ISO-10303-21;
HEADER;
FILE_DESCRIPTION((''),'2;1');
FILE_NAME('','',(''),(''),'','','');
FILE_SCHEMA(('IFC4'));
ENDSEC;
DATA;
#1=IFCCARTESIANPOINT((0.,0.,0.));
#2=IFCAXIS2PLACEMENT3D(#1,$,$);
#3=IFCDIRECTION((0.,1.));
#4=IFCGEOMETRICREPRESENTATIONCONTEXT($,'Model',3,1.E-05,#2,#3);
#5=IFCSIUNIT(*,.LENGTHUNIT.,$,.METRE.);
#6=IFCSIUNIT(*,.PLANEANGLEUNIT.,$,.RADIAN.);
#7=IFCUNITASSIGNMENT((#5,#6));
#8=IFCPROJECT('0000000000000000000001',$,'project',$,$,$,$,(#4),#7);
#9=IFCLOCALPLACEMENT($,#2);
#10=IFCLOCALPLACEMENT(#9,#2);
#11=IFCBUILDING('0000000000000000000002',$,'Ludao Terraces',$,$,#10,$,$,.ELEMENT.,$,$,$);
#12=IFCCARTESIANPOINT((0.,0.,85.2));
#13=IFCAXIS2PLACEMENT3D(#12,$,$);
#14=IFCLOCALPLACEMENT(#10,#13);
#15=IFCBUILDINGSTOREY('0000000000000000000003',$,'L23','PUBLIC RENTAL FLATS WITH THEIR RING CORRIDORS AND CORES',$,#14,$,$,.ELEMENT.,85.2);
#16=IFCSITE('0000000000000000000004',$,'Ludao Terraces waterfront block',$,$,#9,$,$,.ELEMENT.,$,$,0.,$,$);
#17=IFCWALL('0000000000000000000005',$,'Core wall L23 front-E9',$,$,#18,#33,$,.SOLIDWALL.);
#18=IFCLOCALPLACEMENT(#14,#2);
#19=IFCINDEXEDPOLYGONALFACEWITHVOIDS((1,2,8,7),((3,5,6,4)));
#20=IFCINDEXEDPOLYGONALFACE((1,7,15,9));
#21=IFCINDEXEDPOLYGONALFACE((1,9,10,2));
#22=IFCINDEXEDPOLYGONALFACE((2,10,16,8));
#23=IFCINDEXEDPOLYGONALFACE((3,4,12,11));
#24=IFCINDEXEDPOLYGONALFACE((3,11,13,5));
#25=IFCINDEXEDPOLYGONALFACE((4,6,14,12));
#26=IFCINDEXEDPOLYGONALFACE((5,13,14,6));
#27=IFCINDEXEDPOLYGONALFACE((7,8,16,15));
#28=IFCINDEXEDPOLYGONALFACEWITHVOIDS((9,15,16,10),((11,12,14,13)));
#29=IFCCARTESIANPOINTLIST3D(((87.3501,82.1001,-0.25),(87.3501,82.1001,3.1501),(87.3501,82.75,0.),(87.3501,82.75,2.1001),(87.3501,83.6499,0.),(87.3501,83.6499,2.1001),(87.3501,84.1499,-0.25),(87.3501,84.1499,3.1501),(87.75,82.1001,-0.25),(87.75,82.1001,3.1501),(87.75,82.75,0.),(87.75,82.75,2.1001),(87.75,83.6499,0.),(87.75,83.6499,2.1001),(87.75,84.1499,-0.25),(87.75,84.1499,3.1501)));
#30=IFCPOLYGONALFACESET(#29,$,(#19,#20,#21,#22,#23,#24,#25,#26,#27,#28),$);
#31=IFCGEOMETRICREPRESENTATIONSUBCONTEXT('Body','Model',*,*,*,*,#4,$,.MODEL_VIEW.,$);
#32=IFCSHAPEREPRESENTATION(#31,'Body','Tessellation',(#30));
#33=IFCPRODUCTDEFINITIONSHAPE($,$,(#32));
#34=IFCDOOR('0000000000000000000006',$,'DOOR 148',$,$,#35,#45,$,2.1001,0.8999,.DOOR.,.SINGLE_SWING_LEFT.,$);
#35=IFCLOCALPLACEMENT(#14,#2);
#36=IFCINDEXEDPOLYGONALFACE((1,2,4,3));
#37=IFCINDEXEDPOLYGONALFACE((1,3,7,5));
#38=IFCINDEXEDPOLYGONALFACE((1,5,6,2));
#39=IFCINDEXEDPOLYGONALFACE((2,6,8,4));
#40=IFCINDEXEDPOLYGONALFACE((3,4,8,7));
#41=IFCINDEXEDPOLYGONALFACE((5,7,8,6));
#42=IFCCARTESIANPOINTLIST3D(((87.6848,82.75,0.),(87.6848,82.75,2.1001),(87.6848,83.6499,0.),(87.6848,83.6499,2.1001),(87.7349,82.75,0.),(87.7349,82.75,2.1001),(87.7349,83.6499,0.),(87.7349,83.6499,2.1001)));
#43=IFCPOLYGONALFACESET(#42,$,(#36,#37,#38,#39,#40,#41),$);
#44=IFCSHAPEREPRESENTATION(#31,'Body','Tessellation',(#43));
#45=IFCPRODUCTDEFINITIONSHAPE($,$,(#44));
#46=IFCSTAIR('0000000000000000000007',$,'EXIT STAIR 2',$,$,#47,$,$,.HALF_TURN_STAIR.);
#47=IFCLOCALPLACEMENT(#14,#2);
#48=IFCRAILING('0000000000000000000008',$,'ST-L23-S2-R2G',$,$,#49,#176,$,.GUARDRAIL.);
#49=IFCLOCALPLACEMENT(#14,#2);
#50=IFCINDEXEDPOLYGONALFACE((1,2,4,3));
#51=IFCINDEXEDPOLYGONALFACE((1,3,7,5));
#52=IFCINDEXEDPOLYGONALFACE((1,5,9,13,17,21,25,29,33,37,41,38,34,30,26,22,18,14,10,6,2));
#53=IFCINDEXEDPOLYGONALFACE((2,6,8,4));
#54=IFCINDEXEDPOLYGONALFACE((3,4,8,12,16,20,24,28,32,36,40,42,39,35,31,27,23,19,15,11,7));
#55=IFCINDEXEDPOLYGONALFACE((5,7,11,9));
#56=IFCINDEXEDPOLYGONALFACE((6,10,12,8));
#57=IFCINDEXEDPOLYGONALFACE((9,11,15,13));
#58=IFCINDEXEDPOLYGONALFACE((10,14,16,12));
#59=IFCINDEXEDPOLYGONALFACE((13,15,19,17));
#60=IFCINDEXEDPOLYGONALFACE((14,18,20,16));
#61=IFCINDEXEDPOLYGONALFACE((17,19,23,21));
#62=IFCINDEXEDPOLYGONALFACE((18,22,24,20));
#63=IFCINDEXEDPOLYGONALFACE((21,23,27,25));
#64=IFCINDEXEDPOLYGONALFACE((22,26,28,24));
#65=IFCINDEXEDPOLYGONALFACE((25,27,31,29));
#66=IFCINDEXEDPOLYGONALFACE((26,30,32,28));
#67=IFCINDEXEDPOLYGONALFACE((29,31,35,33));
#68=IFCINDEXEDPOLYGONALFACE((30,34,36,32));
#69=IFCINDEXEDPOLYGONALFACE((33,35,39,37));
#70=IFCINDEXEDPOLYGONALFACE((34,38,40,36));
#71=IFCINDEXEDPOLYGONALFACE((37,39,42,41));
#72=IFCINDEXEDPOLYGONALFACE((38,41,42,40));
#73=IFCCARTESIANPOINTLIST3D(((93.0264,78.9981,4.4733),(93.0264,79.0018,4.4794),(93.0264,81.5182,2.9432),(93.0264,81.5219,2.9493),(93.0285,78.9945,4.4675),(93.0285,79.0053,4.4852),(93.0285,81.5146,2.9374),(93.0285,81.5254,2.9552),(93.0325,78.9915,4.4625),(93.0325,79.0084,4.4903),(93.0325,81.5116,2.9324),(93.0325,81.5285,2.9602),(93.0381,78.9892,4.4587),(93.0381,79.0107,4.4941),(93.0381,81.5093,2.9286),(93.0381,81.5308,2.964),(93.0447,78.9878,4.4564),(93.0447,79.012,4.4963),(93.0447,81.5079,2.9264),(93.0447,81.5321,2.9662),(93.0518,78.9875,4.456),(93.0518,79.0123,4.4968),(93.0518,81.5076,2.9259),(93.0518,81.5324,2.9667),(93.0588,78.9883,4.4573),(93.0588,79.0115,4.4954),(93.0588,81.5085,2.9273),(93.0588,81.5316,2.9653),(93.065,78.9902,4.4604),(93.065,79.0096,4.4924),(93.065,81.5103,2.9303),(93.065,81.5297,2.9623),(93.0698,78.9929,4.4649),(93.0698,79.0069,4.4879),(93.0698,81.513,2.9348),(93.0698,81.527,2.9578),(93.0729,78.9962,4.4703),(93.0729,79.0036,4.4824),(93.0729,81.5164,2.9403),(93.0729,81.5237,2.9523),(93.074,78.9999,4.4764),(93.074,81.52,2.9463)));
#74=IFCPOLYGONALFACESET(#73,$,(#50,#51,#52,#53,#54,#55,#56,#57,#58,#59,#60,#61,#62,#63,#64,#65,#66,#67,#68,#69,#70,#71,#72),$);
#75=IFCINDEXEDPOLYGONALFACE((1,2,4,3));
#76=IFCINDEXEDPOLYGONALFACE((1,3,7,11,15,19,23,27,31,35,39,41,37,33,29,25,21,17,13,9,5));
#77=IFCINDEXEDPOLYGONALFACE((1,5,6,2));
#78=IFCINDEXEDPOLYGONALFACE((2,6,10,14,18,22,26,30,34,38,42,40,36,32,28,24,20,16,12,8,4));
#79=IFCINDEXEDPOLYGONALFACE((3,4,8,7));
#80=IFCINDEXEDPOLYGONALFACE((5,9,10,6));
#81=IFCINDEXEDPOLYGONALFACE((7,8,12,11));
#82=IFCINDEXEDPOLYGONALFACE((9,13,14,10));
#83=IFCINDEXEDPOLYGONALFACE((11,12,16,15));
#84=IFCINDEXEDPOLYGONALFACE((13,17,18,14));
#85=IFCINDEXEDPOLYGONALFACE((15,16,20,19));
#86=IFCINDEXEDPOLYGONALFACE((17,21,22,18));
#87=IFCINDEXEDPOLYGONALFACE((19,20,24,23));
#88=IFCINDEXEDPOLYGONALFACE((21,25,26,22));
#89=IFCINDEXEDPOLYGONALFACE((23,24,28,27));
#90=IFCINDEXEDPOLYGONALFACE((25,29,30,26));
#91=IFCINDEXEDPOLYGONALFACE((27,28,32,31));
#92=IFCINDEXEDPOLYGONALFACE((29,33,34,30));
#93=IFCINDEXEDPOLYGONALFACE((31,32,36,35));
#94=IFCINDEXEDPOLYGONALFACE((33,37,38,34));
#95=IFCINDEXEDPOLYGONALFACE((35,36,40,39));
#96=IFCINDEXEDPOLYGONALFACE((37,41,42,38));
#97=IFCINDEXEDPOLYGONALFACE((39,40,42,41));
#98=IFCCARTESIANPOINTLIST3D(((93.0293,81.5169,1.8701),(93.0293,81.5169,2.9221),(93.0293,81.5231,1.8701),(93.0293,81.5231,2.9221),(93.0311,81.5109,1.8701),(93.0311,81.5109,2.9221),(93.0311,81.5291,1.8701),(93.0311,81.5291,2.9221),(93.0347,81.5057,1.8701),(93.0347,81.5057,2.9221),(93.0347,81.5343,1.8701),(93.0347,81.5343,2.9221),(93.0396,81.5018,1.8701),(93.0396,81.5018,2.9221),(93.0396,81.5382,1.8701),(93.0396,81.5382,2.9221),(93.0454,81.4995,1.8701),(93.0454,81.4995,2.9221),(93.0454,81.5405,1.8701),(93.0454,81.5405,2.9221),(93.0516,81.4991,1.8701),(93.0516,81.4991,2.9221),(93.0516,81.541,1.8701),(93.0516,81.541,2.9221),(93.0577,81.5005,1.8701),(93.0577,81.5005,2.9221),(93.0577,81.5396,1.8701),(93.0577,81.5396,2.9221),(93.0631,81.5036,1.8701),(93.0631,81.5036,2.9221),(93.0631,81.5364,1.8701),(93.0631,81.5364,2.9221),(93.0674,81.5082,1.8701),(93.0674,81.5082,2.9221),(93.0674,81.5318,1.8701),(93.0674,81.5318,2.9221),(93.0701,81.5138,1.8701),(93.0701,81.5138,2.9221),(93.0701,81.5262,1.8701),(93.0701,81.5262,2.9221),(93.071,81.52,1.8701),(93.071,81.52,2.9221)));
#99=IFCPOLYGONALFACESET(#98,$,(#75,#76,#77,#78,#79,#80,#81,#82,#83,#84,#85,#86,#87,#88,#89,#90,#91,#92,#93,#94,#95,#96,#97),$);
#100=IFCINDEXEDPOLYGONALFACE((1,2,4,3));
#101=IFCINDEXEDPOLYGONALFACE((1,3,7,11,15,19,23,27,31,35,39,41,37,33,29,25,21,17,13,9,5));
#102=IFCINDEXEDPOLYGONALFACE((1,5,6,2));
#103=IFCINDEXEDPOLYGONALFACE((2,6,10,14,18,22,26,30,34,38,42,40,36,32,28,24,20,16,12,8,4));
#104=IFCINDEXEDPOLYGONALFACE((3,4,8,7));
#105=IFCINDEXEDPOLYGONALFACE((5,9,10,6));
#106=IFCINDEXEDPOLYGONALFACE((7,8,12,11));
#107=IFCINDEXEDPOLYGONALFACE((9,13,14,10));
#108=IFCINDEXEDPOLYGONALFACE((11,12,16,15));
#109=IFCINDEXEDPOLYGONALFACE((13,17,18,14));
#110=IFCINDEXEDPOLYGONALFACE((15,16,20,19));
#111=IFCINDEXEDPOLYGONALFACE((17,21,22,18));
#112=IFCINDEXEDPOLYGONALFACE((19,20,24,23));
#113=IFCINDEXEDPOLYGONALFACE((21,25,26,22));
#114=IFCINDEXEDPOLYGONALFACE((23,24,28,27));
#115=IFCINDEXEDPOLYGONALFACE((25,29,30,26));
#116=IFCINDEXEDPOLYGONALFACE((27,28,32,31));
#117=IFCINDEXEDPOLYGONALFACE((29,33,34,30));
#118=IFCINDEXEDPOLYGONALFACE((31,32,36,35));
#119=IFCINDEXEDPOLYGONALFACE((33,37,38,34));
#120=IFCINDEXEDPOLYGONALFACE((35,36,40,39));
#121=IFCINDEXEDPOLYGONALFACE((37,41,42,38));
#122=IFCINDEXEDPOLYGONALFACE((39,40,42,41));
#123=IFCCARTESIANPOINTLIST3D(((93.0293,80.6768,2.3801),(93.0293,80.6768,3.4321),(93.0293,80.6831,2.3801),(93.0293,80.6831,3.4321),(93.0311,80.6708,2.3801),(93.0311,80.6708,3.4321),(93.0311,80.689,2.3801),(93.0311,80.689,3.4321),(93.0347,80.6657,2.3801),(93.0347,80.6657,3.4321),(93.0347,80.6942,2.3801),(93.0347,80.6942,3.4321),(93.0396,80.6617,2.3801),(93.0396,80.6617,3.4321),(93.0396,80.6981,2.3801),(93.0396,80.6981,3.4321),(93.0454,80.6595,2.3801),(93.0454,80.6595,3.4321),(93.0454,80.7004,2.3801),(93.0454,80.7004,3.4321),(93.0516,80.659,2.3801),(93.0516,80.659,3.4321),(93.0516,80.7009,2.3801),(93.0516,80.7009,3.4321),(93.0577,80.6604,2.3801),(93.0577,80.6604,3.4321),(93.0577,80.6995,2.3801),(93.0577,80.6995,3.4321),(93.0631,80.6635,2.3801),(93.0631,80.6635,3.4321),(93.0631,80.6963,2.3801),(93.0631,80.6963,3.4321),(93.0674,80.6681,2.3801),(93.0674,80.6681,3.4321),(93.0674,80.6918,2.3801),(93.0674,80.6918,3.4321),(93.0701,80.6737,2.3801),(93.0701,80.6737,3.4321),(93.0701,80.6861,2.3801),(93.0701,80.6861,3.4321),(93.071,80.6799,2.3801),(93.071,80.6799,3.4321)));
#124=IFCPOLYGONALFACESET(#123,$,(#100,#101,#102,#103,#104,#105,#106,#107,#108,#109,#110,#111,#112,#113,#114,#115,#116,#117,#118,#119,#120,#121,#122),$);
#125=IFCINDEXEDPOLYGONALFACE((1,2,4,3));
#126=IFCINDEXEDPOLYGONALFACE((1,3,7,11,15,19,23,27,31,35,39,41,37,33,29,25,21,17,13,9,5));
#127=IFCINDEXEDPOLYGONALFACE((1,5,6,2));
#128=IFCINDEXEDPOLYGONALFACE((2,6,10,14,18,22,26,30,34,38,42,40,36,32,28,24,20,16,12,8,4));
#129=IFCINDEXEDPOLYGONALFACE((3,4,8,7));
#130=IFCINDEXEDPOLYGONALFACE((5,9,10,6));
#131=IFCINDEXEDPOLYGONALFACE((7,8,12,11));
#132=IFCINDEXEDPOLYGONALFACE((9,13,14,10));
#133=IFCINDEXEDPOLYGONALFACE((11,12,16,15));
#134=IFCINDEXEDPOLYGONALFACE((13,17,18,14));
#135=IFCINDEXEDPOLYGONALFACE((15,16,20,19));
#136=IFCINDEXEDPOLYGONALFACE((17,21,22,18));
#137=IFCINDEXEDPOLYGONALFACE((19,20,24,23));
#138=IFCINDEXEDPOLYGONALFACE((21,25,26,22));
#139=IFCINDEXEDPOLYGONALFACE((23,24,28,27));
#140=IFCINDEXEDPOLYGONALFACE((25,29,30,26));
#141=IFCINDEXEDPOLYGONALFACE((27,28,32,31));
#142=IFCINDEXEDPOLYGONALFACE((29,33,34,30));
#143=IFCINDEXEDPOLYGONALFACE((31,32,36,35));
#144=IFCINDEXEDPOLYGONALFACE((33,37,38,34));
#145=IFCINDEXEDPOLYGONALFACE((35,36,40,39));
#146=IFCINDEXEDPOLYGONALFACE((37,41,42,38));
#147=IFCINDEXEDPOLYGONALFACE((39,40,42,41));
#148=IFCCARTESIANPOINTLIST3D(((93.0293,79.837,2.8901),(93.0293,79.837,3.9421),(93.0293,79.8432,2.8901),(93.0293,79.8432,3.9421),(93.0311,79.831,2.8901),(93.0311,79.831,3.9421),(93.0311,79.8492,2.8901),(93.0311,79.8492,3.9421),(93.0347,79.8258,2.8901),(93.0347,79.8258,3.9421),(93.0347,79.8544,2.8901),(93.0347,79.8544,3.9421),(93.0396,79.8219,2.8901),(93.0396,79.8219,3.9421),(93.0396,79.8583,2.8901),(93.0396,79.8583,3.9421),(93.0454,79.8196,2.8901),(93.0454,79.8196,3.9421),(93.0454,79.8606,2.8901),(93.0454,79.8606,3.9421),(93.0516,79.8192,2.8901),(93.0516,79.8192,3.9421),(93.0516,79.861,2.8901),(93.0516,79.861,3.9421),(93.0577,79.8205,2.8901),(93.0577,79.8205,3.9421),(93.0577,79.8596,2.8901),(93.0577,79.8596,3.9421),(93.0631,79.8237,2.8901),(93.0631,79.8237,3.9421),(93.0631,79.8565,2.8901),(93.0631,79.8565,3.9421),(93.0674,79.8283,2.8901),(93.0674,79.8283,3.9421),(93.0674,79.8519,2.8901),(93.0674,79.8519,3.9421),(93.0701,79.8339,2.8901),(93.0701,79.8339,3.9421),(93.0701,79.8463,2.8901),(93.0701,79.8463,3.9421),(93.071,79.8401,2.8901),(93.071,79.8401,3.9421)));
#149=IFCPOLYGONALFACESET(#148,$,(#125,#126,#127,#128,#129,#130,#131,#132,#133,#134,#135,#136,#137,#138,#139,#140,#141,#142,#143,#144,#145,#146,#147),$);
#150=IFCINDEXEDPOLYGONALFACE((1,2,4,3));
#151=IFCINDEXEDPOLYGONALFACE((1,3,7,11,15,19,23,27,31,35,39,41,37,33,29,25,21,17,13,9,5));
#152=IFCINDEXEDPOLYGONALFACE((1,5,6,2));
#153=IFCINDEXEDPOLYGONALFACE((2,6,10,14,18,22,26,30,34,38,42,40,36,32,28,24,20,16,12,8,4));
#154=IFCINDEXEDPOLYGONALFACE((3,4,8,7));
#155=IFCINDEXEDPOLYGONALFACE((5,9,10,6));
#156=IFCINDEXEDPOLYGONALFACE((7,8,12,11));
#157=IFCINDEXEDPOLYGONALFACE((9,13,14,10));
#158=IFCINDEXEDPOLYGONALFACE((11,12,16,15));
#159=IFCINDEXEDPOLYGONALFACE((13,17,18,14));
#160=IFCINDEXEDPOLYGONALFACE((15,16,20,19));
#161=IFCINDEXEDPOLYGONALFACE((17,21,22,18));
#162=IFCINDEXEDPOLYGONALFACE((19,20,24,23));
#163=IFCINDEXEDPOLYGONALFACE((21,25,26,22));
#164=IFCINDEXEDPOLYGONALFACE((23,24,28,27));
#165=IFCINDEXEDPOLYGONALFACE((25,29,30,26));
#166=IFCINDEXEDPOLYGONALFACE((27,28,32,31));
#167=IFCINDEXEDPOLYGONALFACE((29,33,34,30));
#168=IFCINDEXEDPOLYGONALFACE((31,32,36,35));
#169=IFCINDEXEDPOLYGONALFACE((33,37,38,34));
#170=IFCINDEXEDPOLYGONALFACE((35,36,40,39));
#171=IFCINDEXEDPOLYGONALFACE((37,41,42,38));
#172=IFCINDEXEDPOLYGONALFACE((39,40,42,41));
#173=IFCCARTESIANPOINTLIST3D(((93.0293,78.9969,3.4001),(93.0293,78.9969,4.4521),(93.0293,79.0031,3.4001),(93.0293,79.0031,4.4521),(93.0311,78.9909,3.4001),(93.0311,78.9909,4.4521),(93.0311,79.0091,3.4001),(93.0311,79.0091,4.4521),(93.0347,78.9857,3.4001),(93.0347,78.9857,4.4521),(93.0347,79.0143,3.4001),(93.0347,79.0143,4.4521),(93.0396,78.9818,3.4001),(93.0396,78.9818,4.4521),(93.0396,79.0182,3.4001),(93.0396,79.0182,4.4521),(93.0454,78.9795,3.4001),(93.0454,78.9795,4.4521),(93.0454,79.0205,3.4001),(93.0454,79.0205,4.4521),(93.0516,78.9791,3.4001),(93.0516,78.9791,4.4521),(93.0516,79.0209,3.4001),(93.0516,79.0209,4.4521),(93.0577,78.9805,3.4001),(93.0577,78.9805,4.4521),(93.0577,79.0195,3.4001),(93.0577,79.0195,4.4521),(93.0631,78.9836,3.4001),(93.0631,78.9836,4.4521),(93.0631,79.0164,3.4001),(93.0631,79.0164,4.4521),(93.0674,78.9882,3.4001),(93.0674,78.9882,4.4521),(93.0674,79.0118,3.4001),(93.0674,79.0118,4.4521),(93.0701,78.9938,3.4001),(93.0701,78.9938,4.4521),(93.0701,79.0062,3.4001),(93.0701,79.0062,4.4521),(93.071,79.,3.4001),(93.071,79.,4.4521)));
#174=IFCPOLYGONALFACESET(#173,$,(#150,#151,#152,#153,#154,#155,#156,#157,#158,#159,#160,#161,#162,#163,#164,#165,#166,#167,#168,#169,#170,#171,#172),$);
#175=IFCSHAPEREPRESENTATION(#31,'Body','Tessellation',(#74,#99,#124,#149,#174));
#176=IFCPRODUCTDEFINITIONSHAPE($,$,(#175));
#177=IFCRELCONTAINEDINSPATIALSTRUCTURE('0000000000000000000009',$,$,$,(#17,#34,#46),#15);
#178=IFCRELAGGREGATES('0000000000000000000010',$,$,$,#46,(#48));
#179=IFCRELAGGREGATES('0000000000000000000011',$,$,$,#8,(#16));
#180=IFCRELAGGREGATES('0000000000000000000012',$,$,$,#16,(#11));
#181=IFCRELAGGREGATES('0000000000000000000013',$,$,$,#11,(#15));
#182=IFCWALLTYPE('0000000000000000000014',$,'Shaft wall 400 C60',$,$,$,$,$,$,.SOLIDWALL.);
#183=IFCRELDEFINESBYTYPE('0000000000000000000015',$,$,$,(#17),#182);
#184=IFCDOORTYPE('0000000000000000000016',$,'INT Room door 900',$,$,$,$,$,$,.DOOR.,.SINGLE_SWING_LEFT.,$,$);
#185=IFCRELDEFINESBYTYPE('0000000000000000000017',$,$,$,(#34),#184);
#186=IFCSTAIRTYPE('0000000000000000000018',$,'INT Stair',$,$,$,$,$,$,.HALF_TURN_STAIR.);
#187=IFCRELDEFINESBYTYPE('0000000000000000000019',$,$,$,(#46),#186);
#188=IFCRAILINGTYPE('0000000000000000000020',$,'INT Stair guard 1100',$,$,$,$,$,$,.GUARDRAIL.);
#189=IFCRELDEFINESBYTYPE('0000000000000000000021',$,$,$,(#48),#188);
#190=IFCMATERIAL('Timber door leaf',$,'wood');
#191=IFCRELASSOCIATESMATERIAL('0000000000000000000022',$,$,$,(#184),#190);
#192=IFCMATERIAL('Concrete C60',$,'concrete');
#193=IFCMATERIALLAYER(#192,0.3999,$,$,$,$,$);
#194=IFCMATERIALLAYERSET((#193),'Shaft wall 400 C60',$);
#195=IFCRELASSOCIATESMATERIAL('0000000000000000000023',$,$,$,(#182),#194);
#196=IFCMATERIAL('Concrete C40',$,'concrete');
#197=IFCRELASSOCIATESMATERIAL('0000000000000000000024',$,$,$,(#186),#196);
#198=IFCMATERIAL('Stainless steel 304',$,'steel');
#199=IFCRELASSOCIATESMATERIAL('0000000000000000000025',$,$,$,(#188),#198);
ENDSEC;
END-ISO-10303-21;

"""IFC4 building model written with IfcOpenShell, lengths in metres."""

from ifc_helpers import new_model, si_unit, direction, frame, frame_2d, origin, origin_2d, place, context, subcontext, project, spatial, rectangle, circle, extrude, material, layer, layer_set, type_object, element, fill, aggregate, save


model = new_model("IFC4")

# Units and contexts
model_context = context("Model", 3, precision=1e-05, world=origin(), true_north=direction((0.0, 1.0)))
body_context = subcontext(model_context, "Body", "Model", "MODEL_VIEW")
ifc_project = project(units=[si_unit("LENGTHUNIT", "METRE"), si_unit("PLANEANGLEUNIT", "RADIAN")], contexts=[model_context])

# Site, building, storey
site_placement = place(None, origin())
site = spatial("IfcSite", under=ifc_project, at=site_placement, Name="Ludao Terraces waterfront block", CompositionType="ELEMENT", RefElevation=0.0)
building_placement = place(site_placement, origin())
building = spatial("IfcBuilding", under=site, at=building_placement, Name="Ludao Terraces", CompositionType="ELEMENT")
storey_placement = place(building_placement, frame((0.0, 0.0, 85.2)))
storey = spatial("IfcBuildingStorey", under=building, at=storey_placement, Name="L23", Description="PUBLIC RENTAL FLATS WITH THEIR RING CORRIDORS AND CORES", CompositionType="ELEMENT", Elevation=85.2)

# Shared definitions
ifc_material_1 = material(Name="Concrete C40", Category="concrete")

# Shared definitions
ifc_material_2 = material(Name="Timber door leaf", Category="wood")
door_type_1 = type_object("IfcDoorType", Name="INT Room door 900", OperationType="SINGLE_SWING_LEFT", PredefinedType="DOOR", material=ifc_material_2)

# Shared definitions
ifc_material_3 = material(Name="Concrete C60", Category="concrete")
ifc_layer_1 = layer(ifc_material_3, 0.3999)
ifc_layer_set_1 = layer_set([ifc_layer_1], Name="Shaft wall 400 C60")
wall_type_1 = type_object("IfcWallType", Name="Shaft wall 400 C60", PredefinedType="SOLIDWALL", material=ifc_layer_set_1)

# Wall, opening, door
wall_1_placement = place(storey_placement, frame((87.55, 82.1001, -0.25), z_axis=(0.0, 0.0, 1.0), x_axis=(0.0, 1.0, 0.0)))
wall_1 = element("IfcWall", 1, at=wall_1_placement, inside=storey, type_object=wall_type_1, Name="Core wall L23 front-E9", PredefinedType="SOLIDWALL", context=body_context, shape_type="SweptSolid", body=[
    extrude(rectangle(XDim=2.0498, YDim=0.3999, at=frame_2d((1.0249, 0.0))), origin(), (0.0, 0.0, 1.0), 3.4001),
])
opening_1_placement = place(wall_1_placement, frame((0.6499, 0.0, 0.25)))
opening_1 = element("IfcOpeningElement", 2, at=opening_1_placement, cuts=wall_1, PredefinedType="OPENING", context=body_context, shape_type="SweptSolid", body=[
    extrude(rectangle(XDim=0.8999, YDim=2.1001, at=frame_2d((0.45, 1.05))), frame((0.0, 0.21, 0.0), z_axis=(0.0, -1.0, 0.0), x_axis=(1.0, 0.0, 0.0)), (0.0, 0.0, 1.0), 0.4199),
])
door_1_placement = place(opening_1_placement, origin())
door_1 = element("IfcDoor", 3, at=door_1_placement, inside=storey, type_object=door_type_1, Name="DOOR 148", OperationType="SINGLE_SWING_LEFT", OverallHeight=2.1001, OverallWidth=0.8999, PredefinedType="DOOR", context=body_context, shape_type="SweptSolid", body=[
    extrude(rectangle(XDim=0.8999, YDim=2.1001, at=frame_2d((0.45, 1.05))), frame((0.0, -0.1348, 0.0), z_axis=(0.0, -1.0, 0.0), x_axis=(1.0, 0.0, 0.0)), (0.0, 0.0, 1.0), 0.05),
])
fill(opening_1, door_1)

# Stair, railing
stair_type = type_object("IfcStairType", Name="INT Stair", PredefinedType="HALF_TURN_STAIR", material=ifc_material_1)
stair_placement = place(storey_placement, origin())
stair = element("IfcStair", 4, at=stair_placement, inside=storey, type_object=stair_type, Name="EXIT STAIR 2", PredefinedType="HALF_TURN_STAIR")
ifc_material_4 = material(Name="Stainless steel 304", Category="steel")
railing_type_1 = type_object("IfcRailingType", Name="INT Stair guard 1100", PredefinedType="GUARDRAIL", material=ifc_material_4)
railing_1_placement = place(storey_placement, frame((93.05, 81.52, 1.8701)))
railing_1 = element("IfcRailing", 5, at=railing_1_placement, type_object=railing_type_1, Name="ST-L23-S2-R2G", PredefinedType="GUARDRAIL", context=body_context, shape_type="SweptSolid", body=[
    extrude(circle(Radius=0.0239, at=origin_2d()), frame((0.0, 0.0, 1.0762), z_axis=(0.0, -0.854785, 0.518982), x_axis=(1.0, 0.0, 0.0)), (0.0, 0.0, 1.0), 2.9482),
    extrude(circle(Radius=0.021, at=origin_2d()), origin(), (0.0, 0.0, 1.0), 1.052),
    extrude(circle(Radius=0.021, at=origin_2d()), frame((0.0, -0.8401, 0.51)), (0.0, 0.0, 1.0), 1.052),
    extrude(circle(Radius=0.021, at=origin_2d()), frame((0.0, -1.6799, 1.02)), (0.0, 0.0, 1.0), 1.052),
    extrude(circle(Radius=0.021, at=origin_2d()), frame((0.0, -2.52, 1.53)), (0.0, 0.0, 1.0), 1.052),
])
aggregate(stair, [railing_1])

save(model, "model.ifc")
